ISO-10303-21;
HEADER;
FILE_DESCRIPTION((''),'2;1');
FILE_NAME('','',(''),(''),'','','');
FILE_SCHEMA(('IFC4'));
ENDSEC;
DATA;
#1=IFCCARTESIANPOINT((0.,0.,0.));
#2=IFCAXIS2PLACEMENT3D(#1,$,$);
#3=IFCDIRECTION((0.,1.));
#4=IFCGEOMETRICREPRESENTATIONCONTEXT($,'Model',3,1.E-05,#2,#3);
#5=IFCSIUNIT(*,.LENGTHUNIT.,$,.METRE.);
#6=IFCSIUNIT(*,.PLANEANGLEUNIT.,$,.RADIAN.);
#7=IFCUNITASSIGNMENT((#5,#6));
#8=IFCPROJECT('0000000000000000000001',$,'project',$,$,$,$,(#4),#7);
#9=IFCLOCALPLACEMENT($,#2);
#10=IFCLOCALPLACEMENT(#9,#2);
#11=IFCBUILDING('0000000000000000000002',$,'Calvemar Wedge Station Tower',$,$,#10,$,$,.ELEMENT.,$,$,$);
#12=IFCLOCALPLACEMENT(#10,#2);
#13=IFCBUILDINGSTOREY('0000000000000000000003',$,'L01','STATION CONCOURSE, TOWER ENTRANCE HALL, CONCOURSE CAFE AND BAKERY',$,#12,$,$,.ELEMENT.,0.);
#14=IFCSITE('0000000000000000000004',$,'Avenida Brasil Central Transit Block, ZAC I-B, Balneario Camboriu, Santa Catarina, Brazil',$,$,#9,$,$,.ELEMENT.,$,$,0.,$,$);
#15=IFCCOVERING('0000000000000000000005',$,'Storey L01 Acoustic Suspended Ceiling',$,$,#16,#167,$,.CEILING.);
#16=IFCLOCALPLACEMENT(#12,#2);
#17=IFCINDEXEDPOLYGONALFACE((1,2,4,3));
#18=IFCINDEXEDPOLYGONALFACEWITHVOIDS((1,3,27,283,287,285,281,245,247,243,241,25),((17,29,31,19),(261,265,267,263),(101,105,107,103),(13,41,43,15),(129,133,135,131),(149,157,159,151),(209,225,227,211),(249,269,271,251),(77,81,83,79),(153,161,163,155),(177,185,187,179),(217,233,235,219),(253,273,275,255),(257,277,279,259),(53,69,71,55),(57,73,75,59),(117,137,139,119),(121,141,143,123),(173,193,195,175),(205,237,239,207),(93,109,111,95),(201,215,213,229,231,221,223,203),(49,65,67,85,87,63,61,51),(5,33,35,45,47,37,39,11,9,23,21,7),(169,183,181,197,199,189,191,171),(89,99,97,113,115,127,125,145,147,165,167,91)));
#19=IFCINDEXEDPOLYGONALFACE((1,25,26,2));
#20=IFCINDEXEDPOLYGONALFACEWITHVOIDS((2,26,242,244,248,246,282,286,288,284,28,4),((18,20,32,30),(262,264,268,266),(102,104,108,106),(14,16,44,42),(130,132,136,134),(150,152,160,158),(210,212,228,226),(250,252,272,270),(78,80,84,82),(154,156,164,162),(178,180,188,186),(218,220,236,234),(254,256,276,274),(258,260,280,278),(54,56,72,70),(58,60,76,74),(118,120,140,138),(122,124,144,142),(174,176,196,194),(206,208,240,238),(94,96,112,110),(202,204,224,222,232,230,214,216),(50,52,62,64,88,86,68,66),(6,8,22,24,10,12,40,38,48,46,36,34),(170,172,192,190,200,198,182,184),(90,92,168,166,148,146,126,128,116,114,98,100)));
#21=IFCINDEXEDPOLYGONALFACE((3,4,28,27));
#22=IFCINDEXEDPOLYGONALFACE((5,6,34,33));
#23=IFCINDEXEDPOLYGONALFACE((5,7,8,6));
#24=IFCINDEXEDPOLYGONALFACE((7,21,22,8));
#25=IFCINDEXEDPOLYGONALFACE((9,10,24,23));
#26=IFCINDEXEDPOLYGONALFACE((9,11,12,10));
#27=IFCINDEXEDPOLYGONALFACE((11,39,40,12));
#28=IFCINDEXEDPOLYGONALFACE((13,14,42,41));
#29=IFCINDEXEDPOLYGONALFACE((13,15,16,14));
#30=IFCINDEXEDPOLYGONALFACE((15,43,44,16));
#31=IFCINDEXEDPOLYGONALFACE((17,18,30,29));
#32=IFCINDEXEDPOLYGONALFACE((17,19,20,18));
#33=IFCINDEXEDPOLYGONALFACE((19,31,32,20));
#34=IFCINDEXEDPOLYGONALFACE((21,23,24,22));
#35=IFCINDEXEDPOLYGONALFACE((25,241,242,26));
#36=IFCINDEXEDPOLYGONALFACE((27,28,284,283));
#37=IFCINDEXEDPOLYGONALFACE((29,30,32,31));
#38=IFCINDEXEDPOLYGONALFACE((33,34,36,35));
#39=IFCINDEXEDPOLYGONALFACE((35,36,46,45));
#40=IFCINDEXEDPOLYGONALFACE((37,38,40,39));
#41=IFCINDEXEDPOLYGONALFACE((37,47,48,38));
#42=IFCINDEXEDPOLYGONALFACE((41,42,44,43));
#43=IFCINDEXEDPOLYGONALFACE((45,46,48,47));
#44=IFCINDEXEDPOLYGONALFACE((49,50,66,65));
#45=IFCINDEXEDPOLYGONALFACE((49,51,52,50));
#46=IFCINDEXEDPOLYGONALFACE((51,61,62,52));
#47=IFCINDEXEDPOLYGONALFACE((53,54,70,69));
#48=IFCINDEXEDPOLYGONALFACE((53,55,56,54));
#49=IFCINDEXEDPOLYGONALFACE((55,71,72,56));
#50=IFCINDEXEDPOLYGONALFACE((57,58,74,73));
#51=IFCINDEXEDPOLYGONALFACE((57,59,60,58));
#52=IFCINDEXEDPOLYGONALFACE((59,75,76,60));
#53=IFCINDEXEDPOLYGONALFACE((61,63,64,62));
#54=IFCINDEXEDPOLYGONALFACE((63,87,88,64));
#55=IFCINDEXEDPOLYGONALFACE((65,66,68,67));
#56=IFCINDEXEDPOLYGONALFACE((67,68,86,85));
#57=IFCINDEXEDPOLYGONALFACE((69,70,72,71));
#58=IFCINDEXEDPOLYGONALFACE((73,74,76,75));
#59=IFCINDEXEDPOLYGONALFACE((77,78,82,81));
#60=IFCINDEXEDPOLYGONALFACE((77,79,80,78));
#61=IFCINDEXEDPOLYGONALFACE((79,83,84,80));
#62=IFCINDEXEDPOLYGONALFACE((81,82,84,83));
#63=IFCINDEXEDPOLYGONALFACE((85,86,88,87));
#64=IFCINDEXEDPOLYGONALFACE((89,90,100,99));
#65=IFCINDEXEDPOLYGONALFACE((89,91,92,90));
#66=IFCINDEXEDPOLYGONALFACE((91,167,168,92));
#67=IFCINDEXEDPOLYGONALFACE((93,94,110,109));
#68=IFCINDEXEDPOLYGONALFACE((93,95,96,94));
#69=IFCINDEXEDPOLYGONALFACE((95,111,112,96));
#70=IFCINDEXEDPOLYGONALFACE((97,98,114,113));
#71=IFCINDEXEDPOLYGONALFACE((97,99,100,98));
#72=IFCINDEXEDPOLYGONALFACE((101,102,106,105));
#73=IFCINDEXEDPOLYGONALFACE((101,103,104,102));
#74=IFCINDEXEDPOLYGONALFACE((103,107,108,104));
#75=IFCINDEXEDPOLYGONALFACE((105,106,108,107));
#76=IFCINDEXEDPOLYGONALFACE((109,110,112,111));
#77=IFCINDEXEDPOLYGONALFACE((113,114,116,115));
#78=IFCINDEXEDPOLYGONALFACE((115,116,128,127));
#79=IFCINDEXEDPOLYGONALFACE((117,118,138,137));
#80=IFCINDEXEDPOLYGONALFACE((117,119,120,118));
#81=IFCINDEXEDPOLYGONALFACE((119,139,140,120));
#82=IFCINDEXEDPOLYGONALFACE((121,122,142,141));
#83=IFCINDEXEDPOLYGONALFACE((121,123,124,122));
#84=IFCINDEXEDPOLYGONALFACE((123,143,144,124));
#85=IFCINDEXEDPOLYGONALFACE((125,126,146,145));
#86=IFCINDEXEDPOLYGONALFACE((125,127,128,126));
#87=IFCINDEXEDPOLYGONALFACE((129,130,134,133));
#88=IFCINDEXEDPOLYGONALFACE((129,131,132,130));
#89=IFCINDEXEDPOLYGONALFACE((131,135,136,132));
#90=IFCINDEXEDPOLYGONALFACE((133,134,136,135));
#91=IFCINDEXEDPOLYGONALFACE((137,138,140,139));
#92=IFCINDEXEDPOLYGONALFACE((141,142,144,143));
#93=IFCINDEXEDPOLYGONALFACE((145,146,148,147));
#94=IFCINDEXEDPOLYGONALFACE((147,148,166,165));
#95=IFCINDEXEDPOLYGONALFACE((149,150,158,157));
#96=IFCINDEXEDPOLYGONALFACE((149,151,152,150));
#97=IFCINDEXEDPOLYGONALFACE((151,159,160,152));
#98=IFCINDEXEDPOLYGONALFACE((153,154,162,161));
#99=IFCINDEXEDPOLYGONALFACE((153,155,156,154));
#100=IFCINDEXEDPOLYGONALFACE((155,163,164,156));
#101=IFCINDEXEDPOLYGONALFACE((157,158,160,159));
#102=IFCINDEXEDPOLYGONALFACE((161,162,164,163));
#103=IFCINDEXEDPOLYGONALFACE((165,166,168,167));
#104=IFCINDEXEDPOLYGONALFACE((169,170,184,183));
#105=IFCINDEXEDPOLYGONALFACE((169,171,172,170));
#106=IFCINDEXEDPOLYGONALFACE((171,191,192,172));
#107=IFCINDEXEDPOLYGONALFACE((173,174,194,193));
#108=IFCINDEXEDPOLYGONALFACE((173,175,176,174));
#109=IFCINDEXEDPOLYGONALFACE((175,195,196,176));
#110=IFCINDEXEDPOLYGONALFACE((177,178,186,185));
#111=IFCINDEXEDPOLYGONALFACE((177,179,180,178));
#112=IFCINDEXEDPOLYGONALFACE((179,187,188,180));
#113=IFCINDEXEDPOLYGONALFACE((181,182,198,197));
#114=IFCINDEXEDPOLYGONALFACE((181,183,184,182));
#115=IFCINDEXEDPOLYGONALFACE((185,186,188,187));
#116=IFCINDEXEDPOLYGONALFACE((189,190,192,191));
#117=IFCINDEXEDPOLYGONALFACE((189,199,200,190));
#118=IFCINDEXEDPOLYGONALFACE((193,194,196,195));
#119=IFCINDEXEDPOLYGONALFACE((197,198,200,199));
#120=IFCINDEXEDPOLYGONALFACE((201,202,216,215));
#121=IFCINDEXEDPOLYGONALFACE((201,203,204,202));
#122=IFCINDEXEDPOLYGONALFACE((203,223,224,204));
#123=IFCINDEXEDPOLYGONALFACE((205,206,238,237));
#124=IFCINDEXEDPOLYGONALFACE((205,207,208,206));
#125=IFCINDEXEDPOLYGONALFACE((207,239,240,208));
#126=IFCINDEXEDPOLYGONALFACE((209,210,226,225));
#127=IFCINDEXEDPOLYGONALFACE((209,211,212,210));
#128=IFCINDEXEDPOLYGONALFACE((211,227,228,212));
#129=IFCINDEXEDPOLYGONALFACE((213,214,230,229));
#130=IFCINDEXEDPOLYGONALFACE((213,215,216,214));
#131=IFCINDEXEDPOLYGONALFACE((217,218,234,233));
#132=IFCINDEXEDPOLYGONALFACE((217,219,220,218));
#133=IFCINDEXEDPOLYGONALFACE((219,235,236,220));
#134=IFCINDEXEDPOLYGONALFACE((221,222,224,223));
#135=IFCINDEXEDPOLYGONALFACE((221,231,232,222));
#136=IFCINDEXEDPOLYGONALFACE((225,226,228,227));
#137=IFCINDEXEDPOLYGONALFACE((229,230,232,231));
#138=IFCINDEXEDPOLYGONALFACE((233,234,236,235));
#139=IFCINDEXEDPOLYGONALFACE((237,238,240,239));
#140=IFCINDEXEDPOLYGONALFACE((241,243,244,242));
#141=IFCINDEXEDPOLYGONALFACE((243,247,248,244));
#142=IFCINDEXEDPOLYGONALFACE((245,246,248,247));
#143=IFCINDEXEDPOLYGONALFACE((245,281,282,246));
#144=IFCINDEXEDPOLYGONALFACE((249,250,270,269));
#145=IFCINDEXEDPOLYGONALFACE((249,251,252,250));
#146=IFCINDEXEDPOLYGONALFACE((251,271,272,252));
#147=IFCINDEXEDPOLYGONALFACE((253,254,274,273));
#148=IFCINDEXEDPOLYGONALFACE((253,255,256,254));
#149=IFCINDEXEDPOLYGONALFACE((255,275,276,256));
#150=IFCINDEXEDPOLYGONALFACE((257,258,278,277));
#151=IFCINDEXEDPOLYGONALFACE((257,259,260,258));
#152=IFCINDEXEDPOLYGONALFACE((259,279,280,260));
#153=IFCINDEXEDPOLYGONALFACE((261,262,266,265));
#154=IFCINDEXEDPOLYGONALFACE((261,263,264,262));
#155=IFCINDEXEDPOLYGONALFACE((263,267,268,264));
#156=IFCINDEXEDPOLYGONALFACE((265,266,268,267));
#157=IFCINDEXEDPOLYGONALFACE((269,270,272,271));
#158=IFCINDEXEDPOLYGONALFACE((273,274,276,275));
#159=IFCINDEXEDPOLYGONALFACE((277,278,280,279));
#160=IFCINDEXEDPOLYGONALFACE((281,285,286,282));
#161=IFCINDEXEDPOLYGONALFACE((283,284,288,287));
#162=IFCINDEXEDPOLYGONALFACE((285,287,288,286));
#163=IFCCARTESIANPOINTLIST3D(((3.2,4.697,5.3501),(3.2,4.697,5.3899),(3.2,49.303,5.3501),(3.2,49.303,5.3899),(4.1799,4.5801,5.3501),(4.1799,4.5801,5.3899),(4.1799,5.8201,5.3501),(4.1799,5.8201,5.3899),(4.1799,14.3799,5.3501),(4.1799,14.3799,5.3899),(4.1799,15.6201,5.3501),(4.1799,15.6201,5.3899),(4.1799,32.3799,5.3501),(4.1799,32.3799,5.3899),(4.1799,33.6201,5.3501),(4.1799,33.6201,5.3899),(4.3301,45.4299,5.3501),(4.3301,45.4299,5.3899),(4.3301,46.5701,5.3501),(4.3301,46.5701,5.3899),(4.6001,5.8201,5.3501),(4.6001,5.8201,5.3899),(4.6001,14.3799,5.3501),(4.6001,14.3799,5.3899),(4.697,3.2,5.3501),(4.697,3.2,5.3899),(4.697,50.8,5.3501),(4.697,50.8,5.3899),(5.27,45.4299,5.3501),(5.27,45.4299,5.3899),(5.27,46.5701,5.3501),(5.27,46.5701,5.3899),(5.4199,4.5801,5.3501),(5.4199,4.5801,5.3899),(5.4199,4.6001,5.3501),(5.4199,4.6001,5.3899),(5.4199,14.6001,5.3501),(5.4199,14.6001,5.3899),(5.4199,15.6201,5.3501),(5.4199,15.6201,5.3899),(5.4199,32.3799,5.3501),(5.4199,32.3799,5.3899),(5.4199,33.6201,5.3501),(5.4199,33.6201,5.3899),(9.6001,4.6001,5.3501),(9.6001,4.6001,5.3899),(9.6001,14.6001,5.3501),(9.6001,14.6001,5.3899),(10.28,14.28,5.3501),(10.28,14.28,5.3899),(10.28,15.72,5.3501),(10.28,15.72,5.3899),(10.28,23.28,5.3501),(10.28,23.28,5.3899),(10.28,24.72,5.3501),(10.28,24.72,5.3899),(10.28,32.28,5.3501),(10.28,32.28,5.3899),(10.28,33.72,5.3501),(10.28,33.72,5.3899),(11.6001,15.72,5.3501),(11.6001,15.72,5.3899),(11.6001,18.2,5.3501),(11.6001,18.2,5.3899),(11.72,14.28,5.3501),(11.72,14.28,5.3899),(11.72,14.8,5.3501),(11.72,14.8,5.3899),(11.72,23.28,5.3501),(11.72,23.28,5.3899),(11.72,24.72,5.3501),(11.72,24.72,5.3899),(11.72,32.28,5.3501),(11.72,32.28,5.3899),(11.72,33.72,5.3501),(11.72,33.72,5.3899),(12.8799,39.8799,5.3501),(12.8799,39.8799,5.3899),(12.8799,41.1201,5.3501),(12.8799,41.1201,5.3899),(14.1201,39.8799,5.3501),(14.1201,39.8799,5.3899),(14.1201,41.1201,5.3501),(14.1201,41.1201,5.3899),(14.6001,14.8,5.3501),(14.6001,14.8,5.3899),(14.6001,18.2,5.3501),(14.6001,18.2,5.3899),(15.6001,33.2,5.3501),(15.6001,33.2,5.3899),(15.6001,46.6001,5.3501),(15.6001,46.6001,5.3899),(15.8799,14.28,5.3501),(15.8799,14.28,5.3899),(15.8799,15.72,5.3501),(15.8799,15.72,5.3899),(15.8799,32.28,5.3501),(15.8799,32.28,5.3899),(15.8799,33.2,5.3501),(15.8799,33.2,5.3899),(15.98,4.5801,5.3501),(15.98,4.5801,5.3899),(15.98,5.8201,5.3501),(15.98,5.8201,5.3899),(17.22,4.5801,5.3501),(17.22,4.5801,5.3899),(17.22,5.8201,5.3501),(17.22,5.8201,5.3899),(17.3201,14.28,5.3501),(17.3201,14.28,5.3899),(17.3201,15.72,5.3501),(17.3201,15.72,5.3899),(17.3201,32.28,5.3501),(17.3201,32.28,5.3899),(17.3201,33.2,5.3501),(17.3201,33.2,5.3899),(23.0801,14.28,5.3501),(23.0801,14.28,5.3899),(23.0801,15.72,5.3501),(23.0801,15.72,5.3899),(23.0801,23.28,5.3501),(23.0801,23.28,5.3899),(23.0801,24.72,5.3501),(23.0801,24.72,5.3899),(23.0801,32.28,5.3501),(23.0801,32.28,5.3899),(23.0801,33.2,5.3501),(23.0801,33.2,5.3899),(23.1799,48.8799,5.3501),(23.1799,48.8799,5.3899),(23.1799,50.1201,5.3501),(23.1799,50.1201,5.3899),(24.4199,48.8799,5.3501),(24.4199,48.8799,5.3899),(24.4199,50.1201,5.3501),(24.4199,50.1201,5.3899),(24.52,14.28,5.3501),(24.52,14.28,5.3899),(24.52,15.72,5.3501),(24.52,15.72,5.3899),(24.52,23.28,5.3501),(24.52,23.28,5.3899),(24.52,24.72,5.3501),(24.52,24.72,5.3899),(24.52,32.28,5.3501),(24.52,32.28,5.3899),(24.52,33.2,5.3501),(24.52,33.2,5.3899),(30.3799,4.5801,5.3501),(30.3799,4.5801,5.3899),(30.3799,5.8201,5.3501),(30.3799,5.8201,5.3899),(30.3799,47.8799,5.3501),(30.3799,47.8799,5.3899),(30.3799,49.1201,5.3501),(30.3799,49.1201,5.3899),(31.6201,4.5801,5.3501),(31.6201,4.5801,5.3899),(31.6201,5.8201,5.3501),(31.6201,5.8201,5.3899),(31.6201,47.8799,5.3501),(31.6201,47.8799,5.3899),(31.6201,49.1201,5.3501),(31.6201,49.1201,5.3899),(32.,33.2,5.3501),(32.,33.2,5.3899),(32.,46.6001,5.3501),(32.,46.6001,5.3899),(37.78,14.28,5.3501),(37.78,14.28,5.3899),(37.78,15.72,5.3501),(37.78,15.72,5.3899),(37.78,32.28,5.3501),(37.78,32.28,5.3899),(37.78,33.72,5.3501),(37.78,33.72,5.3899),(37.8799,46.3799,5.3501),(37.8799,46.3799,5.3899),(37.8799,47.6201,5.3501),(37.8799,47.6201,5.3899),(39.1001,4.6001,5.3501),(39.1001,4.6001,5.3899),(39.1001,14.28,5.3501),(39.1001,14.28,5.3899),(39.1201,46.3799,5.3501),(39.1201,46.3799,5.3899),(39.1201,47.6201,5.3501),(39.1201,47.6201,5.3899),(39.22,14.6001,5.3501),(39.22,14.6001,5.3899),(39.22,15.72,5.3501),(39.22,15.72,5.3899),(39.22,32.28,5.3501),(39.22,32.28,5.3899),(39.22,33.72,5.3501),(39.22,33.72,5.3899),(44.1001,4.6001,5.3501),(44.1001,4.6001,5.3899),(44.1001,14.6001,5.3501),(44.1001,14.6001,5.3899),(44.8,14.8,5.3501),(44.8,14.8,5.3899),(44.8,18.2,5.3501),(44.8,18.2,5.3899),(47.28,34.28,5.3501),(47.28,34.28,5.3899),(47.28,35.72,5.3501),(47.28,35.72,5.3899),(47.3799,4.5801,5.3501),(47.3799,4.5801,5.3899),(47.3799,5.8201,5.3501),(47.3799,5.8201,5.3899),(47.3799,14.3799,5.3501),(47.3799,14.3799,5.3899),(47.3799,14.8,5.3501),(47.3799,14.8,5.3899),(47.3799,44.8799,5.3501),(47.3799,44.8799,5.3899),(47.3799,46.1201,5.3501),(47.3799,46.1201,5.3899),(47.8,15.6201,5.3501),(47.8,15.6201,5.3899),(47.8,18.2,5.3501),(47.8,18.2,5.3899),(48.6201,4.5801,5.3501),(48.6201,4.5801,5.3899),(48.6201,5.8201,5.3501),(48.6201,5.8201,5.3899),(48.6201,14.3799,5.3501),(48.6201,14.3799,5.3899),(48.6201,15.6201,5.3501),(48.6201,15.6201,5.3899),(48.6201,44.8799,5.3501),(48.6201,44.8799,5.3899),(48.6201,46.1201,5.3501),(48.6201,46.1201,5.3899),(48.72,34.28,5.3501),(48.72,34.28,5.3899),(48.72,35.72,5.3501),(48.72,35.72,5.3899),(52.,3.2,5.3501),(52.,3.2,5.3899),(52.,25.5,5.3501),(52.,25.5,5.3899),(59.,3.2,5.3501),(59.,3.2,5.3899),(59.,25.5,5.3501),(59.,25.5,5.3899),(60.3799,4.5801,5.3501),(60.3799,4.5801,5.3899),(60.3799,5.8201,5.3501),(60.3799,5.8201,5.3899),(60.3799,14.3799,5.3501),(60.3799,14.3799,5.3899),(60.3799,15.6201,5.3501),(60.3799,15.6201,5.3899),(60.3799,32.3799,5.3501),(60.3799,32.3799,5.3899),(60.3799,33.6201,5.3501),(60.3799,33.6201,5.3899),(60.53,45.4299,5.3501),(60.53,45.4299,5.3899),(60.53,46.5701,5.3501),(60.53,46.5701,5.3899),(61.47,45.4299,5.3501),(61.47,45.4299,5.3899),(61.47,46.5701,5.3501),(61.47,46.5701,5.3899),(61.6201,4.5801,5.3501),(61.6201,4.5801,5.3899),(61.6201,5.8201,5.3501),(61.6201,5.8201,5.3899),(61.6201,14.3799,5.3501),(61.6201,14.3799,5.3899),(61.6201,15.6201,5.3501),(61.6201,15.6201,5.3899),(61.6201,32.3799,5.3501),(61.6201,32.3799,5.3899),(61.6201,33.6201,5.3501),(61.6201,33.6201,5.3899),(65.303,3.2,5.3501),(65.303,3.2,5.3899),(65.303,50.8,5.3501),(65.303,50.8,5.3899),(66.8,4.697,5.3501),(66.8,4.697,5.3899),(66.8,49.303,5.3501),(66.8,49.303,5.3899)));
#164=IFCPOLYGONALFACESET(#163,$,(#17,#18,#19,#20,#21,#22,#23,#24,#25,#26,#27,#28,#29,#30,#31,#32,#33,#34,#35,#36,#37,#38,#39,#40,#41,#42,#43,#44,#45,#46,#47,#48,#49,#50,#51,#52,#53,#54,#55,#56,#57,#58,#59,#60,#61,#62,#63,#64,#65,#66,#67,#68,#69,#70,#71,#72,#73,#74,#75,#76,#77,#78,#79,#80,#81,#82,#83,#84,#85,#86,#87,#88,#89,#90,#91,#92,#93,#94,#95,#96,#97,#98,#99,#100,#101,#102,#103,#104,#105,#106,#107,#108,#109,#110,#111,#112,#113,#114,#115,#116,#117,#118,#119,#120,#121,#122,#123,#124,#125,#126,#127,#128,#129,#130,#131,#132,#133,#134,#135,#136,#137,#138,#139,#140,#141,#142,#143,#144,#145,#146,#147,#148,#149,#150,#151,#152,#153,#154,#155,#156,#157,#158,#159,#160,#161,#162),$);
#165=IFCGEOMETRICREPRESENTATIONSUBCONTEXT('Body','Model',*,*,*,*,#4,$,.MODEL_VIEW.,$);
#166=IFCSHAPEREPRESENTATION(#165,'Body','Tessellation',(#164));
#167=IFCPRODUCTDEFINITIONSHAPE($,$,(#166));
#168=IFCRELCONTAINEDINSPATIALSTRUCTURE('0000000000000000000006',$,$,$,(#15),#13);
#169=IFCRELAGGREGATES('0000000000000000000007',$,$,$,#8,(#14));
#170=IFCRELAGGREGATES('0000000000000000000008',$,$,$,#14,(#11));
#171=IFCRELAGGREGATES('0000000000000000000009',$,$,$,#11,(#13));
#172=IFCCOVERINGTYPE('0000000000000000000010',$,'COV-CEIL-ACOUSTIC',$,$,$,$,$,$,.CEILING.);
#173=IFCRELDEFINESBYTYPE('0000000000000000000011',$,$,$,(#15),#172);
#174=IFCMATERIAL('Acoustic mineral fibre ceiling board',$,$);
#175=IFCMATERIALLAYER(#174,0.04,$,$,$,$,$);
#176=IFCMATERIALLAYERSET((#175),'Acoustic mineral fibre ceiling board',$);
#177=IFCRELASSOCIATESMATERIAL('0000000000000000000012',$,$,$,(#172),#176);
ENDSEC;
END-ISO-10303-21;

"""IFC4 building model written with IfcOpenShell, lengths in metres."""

from ifc_helpers import new_model, si_unit, direction, frame, origin, place, context, subcontext, project, spatial, polyline, outline, extrude, material, layer, layer_set, type_object, element, save


model = new_model("IFC4")

# Units and contexts
model_context = context("Model", 3, precision=1e-05, world=origin(), true_north=direction((0.0, 1.0)))
body_context = subcontext(model_context, "Body", "Model", "MODEL_VIEW")
ifc_project = project(units=[si_unit("LENGTHUNIT", "METRE"), si_unit("PLANEANGLEUNIT", "RADIAN")], contexts=[model_context])

# Site, building, storey
site_placement = place(None, origin())
site = spatial("IfcSite", under=ifc_project, at=site_placement, Name="Avenida Brasil Central Transit Block, ZAC I-B, Balneario Camboriu, Santa Catarina, Brazil", CompositionType="ELEMENT", RefElevation=0.0)
building_placement = place(site_placement, origin())
building = spatial("IfcBuilding", under=site, at=building_placement, Name="Calvemar Wedge Station Tower", CompositionType="ELEMENT")
storey_placement = place(building_placement, origin())
storey = spatial("IfcBuildingStorey", under=building, at=storey_placement, Name="L01", Description="STATION CONCOURSE, TOWER ENTRANCE HALL, CONCOURSE CAFE AND BAKERY", CompositionType="ELEMENT", Elevation=0.0)

# Covering
ifc_material_1 = material(Name="Acoustic mineral fibre ceiling board")
ifc_layer_1 = layer(ifc_material_1, 0.04)
ifc_layer_set_1 = layer_set([ifc_layer_1], Name="Acoustic mineral fibre ceiling board")
covering_type_1 = type_object("IfcCoveringType", Name="COV-CEIL-ACOUSTIC", PredefinedType="CEILING", material=ifc_layer_set_1)
covering_1_placement = place(storey_placement, frame((0.0, 0.0, 5.3501)))
element("IfcCovering", 1, at=covering_1_placement, inside=storey, type_object=covering_type_1, Name="Storey L01 Acoustic Suspended Ceiling", PredefinedType="CEILING", context=body_context, shape_type="SweptSolid", body=[
    extrude(outline(polyline([(65.303, 50.8), (4.697, 50.8), (3.2, 49.303), (3.2, 4.697), (4.697, 3.2), (52.0, 3.2), (52.0, 25.5), (59.0, 25.5), (59.0, 3.2), (65.303, 3.2), (66.8, 4.697), (66.8, 49.303), (65.303, 50.8)]), holes=[polyline([(15.6001, 46.6001), (32.0, 46.6001), (32.0, 33.2), (24.52, 33.2), (24.52, 32.28), (23.0801, 32.28), (23.0801, 33.2), (17.3201, 33.2), (17.3201, 32.28), (15.8799, 32.28), (15.8799, 33.2), (15.6001, 33.2), (15.6001, 46.6001)]), polyline([(4.6001, 14.3799), (4.1799, 14.3799), (4.1799, 15.6201), (5.4199, 15.6201), (5.4199, 14.6001), (9.6001, 14.6001), (9.6001, 4.6001), (5.4199, 4.6001), (5.4199, 4.5801), (4.1799, 4.5801), (4.1799, 5.8201), (4.6001, 5.8201), (4.6001, 14.3799)]), polyline([(39.22, 14.6001), (44.1001, 14.6001), (44.1001, 4.6001), (39.1001, 4.6001), (39.1001, 14.28), (37.78, 14.28), (37.78, 15.72), (39.22, 15.72), (39.22, 14.6001)]), polyline([(11.72, 14.28), (10.28, 14.28), (10.28, 15.72), (11.6001, 15.72), (11.6001, 18.2), (14.6001, 18.2), (14.6001, 14.8), (11.72, 14.8), (11.72, 14.28)]), polyline([(44.8, 14.8), (44.8, 18.2), (47.8, 18.2), (47.8, 15.6201), (48.6201, 15.6201), (48.6201, 14.3799), (47.3799, 14.3799), (47.3799, 14.8), (44.8, 14.8)]), polyline([(15.98, 5.8201), (17.22, 5.8201), (17.22, 4.5801), (15.98, 4.5801), (15.98, 5.8201)]), polyline([(31.6201, 5.8201), (31.6201, 4.5801), (30.3799, 4.5801), (30.3799, 5.8201), (31.6201, 5.8201)]), polyline([(48.6201, 4.5801), (47.3799, 4.5801), (47.3799, 5.8201), (48.6201, 5.8201), (48.6201, 4.5801)]), polyline([(60.3799, 4.5801), (60.3799, 5.8201), (61.6201, 5.8201), (61.6201, 4.5801), (60.3799, 4.5801)]), polyline([(17.3201, 14.28), (15.8799, 14.28), (15.8799, 15.72), (17.3201, 15.72), (17.3201, 14.28)]), polyline([(23.0801, 14.28), (23.0801, 15.72), (24.52, 15.72), (24.52, 14.28), (23.0801, 14.28)]), polyline([(61.6201, 14.3799), (60.3799, 14.3799), (60.3799, 15.6201), (61.6201, 15.6201), (61.6201, 14.3799)]), polyline([(10.28, 23.28), (10.28, 24.72), (11.72, 24.72), (11.72, 23.28), (10.28, 23.28)]), polyline([(23.0801, 24.72), (24.52, 24.72), (24.52, 23.28), (23.0801, 23.28), (23.0801, 24.72)]), polyline([(5.4199, 33.6201), (5.4199, 32.3799), (4.1799, 32.3799), (4.1799, 33.6201), (5.4199, 33.6201)]), polyline([(11.72, 32.28), (10.28, 32.28), (10.28, 33.72), (11.72, 33.72), (11.72, 32.28)]), polyline([(39.22, 33.72), (39.22, 32.28), (37.78, 32.28), (37.78, 33.72), (39.22, 33.72)]), polyline([(48.72, 34.28), (47.28, 34.28), (47.28, 35.72), (48.72, 35.72), (48.72, 34.28)]), polyline([(60.3799, 32.3799), (60.3799, 33.6201), (61.6201, 33.6201), (61.6201, 32.3799), (60.3799, 32.3799)]), polyline([(4.3301, 46.5701), (5.27, 46.5701), (5.27, 45.4299), (4.3301, 45.4299), (4.3301, 46.5701)]), polyline([(14.1201, 41.1201), (14.1201, 39.8799), (12.8799, 39.8799), (12.8799, 41.1201), (14.1201, 41.1201)]), polyline([(24.4199, 48.8799), (23.1799, 48.8799), (23.1799, 50.1201), (24.4199, 50.1201), (24.4199, 48.8799)]), polyline([(30.3799, 47.8799), (30.3799, 49.1201), (31.6201, 49.1201), (31.6201, 47.8799), (30.3799, 47.8799)]), polyline([(37.8799, 47.6201), (39.1201, 47.6201), (39.1201, 46.3799), (37.8799, 46.3799), (37.8799, 47.6201)]), polyline([(48.6201, 46.1201), (48.6201, 44.8799), (47.3799, 44.8799), (47.3799, 46.1201), (48.6201, 46.1201)]), polyline([(61.47, 45.4299), (60.53, 45.4299), (60.53, 46.5701), (61.47, 46.5701), (61.47, 45.4299)])]), origin(), (0.0, 0.0, 1.0), 0.0398),
])

save(model, "model.ifc")
